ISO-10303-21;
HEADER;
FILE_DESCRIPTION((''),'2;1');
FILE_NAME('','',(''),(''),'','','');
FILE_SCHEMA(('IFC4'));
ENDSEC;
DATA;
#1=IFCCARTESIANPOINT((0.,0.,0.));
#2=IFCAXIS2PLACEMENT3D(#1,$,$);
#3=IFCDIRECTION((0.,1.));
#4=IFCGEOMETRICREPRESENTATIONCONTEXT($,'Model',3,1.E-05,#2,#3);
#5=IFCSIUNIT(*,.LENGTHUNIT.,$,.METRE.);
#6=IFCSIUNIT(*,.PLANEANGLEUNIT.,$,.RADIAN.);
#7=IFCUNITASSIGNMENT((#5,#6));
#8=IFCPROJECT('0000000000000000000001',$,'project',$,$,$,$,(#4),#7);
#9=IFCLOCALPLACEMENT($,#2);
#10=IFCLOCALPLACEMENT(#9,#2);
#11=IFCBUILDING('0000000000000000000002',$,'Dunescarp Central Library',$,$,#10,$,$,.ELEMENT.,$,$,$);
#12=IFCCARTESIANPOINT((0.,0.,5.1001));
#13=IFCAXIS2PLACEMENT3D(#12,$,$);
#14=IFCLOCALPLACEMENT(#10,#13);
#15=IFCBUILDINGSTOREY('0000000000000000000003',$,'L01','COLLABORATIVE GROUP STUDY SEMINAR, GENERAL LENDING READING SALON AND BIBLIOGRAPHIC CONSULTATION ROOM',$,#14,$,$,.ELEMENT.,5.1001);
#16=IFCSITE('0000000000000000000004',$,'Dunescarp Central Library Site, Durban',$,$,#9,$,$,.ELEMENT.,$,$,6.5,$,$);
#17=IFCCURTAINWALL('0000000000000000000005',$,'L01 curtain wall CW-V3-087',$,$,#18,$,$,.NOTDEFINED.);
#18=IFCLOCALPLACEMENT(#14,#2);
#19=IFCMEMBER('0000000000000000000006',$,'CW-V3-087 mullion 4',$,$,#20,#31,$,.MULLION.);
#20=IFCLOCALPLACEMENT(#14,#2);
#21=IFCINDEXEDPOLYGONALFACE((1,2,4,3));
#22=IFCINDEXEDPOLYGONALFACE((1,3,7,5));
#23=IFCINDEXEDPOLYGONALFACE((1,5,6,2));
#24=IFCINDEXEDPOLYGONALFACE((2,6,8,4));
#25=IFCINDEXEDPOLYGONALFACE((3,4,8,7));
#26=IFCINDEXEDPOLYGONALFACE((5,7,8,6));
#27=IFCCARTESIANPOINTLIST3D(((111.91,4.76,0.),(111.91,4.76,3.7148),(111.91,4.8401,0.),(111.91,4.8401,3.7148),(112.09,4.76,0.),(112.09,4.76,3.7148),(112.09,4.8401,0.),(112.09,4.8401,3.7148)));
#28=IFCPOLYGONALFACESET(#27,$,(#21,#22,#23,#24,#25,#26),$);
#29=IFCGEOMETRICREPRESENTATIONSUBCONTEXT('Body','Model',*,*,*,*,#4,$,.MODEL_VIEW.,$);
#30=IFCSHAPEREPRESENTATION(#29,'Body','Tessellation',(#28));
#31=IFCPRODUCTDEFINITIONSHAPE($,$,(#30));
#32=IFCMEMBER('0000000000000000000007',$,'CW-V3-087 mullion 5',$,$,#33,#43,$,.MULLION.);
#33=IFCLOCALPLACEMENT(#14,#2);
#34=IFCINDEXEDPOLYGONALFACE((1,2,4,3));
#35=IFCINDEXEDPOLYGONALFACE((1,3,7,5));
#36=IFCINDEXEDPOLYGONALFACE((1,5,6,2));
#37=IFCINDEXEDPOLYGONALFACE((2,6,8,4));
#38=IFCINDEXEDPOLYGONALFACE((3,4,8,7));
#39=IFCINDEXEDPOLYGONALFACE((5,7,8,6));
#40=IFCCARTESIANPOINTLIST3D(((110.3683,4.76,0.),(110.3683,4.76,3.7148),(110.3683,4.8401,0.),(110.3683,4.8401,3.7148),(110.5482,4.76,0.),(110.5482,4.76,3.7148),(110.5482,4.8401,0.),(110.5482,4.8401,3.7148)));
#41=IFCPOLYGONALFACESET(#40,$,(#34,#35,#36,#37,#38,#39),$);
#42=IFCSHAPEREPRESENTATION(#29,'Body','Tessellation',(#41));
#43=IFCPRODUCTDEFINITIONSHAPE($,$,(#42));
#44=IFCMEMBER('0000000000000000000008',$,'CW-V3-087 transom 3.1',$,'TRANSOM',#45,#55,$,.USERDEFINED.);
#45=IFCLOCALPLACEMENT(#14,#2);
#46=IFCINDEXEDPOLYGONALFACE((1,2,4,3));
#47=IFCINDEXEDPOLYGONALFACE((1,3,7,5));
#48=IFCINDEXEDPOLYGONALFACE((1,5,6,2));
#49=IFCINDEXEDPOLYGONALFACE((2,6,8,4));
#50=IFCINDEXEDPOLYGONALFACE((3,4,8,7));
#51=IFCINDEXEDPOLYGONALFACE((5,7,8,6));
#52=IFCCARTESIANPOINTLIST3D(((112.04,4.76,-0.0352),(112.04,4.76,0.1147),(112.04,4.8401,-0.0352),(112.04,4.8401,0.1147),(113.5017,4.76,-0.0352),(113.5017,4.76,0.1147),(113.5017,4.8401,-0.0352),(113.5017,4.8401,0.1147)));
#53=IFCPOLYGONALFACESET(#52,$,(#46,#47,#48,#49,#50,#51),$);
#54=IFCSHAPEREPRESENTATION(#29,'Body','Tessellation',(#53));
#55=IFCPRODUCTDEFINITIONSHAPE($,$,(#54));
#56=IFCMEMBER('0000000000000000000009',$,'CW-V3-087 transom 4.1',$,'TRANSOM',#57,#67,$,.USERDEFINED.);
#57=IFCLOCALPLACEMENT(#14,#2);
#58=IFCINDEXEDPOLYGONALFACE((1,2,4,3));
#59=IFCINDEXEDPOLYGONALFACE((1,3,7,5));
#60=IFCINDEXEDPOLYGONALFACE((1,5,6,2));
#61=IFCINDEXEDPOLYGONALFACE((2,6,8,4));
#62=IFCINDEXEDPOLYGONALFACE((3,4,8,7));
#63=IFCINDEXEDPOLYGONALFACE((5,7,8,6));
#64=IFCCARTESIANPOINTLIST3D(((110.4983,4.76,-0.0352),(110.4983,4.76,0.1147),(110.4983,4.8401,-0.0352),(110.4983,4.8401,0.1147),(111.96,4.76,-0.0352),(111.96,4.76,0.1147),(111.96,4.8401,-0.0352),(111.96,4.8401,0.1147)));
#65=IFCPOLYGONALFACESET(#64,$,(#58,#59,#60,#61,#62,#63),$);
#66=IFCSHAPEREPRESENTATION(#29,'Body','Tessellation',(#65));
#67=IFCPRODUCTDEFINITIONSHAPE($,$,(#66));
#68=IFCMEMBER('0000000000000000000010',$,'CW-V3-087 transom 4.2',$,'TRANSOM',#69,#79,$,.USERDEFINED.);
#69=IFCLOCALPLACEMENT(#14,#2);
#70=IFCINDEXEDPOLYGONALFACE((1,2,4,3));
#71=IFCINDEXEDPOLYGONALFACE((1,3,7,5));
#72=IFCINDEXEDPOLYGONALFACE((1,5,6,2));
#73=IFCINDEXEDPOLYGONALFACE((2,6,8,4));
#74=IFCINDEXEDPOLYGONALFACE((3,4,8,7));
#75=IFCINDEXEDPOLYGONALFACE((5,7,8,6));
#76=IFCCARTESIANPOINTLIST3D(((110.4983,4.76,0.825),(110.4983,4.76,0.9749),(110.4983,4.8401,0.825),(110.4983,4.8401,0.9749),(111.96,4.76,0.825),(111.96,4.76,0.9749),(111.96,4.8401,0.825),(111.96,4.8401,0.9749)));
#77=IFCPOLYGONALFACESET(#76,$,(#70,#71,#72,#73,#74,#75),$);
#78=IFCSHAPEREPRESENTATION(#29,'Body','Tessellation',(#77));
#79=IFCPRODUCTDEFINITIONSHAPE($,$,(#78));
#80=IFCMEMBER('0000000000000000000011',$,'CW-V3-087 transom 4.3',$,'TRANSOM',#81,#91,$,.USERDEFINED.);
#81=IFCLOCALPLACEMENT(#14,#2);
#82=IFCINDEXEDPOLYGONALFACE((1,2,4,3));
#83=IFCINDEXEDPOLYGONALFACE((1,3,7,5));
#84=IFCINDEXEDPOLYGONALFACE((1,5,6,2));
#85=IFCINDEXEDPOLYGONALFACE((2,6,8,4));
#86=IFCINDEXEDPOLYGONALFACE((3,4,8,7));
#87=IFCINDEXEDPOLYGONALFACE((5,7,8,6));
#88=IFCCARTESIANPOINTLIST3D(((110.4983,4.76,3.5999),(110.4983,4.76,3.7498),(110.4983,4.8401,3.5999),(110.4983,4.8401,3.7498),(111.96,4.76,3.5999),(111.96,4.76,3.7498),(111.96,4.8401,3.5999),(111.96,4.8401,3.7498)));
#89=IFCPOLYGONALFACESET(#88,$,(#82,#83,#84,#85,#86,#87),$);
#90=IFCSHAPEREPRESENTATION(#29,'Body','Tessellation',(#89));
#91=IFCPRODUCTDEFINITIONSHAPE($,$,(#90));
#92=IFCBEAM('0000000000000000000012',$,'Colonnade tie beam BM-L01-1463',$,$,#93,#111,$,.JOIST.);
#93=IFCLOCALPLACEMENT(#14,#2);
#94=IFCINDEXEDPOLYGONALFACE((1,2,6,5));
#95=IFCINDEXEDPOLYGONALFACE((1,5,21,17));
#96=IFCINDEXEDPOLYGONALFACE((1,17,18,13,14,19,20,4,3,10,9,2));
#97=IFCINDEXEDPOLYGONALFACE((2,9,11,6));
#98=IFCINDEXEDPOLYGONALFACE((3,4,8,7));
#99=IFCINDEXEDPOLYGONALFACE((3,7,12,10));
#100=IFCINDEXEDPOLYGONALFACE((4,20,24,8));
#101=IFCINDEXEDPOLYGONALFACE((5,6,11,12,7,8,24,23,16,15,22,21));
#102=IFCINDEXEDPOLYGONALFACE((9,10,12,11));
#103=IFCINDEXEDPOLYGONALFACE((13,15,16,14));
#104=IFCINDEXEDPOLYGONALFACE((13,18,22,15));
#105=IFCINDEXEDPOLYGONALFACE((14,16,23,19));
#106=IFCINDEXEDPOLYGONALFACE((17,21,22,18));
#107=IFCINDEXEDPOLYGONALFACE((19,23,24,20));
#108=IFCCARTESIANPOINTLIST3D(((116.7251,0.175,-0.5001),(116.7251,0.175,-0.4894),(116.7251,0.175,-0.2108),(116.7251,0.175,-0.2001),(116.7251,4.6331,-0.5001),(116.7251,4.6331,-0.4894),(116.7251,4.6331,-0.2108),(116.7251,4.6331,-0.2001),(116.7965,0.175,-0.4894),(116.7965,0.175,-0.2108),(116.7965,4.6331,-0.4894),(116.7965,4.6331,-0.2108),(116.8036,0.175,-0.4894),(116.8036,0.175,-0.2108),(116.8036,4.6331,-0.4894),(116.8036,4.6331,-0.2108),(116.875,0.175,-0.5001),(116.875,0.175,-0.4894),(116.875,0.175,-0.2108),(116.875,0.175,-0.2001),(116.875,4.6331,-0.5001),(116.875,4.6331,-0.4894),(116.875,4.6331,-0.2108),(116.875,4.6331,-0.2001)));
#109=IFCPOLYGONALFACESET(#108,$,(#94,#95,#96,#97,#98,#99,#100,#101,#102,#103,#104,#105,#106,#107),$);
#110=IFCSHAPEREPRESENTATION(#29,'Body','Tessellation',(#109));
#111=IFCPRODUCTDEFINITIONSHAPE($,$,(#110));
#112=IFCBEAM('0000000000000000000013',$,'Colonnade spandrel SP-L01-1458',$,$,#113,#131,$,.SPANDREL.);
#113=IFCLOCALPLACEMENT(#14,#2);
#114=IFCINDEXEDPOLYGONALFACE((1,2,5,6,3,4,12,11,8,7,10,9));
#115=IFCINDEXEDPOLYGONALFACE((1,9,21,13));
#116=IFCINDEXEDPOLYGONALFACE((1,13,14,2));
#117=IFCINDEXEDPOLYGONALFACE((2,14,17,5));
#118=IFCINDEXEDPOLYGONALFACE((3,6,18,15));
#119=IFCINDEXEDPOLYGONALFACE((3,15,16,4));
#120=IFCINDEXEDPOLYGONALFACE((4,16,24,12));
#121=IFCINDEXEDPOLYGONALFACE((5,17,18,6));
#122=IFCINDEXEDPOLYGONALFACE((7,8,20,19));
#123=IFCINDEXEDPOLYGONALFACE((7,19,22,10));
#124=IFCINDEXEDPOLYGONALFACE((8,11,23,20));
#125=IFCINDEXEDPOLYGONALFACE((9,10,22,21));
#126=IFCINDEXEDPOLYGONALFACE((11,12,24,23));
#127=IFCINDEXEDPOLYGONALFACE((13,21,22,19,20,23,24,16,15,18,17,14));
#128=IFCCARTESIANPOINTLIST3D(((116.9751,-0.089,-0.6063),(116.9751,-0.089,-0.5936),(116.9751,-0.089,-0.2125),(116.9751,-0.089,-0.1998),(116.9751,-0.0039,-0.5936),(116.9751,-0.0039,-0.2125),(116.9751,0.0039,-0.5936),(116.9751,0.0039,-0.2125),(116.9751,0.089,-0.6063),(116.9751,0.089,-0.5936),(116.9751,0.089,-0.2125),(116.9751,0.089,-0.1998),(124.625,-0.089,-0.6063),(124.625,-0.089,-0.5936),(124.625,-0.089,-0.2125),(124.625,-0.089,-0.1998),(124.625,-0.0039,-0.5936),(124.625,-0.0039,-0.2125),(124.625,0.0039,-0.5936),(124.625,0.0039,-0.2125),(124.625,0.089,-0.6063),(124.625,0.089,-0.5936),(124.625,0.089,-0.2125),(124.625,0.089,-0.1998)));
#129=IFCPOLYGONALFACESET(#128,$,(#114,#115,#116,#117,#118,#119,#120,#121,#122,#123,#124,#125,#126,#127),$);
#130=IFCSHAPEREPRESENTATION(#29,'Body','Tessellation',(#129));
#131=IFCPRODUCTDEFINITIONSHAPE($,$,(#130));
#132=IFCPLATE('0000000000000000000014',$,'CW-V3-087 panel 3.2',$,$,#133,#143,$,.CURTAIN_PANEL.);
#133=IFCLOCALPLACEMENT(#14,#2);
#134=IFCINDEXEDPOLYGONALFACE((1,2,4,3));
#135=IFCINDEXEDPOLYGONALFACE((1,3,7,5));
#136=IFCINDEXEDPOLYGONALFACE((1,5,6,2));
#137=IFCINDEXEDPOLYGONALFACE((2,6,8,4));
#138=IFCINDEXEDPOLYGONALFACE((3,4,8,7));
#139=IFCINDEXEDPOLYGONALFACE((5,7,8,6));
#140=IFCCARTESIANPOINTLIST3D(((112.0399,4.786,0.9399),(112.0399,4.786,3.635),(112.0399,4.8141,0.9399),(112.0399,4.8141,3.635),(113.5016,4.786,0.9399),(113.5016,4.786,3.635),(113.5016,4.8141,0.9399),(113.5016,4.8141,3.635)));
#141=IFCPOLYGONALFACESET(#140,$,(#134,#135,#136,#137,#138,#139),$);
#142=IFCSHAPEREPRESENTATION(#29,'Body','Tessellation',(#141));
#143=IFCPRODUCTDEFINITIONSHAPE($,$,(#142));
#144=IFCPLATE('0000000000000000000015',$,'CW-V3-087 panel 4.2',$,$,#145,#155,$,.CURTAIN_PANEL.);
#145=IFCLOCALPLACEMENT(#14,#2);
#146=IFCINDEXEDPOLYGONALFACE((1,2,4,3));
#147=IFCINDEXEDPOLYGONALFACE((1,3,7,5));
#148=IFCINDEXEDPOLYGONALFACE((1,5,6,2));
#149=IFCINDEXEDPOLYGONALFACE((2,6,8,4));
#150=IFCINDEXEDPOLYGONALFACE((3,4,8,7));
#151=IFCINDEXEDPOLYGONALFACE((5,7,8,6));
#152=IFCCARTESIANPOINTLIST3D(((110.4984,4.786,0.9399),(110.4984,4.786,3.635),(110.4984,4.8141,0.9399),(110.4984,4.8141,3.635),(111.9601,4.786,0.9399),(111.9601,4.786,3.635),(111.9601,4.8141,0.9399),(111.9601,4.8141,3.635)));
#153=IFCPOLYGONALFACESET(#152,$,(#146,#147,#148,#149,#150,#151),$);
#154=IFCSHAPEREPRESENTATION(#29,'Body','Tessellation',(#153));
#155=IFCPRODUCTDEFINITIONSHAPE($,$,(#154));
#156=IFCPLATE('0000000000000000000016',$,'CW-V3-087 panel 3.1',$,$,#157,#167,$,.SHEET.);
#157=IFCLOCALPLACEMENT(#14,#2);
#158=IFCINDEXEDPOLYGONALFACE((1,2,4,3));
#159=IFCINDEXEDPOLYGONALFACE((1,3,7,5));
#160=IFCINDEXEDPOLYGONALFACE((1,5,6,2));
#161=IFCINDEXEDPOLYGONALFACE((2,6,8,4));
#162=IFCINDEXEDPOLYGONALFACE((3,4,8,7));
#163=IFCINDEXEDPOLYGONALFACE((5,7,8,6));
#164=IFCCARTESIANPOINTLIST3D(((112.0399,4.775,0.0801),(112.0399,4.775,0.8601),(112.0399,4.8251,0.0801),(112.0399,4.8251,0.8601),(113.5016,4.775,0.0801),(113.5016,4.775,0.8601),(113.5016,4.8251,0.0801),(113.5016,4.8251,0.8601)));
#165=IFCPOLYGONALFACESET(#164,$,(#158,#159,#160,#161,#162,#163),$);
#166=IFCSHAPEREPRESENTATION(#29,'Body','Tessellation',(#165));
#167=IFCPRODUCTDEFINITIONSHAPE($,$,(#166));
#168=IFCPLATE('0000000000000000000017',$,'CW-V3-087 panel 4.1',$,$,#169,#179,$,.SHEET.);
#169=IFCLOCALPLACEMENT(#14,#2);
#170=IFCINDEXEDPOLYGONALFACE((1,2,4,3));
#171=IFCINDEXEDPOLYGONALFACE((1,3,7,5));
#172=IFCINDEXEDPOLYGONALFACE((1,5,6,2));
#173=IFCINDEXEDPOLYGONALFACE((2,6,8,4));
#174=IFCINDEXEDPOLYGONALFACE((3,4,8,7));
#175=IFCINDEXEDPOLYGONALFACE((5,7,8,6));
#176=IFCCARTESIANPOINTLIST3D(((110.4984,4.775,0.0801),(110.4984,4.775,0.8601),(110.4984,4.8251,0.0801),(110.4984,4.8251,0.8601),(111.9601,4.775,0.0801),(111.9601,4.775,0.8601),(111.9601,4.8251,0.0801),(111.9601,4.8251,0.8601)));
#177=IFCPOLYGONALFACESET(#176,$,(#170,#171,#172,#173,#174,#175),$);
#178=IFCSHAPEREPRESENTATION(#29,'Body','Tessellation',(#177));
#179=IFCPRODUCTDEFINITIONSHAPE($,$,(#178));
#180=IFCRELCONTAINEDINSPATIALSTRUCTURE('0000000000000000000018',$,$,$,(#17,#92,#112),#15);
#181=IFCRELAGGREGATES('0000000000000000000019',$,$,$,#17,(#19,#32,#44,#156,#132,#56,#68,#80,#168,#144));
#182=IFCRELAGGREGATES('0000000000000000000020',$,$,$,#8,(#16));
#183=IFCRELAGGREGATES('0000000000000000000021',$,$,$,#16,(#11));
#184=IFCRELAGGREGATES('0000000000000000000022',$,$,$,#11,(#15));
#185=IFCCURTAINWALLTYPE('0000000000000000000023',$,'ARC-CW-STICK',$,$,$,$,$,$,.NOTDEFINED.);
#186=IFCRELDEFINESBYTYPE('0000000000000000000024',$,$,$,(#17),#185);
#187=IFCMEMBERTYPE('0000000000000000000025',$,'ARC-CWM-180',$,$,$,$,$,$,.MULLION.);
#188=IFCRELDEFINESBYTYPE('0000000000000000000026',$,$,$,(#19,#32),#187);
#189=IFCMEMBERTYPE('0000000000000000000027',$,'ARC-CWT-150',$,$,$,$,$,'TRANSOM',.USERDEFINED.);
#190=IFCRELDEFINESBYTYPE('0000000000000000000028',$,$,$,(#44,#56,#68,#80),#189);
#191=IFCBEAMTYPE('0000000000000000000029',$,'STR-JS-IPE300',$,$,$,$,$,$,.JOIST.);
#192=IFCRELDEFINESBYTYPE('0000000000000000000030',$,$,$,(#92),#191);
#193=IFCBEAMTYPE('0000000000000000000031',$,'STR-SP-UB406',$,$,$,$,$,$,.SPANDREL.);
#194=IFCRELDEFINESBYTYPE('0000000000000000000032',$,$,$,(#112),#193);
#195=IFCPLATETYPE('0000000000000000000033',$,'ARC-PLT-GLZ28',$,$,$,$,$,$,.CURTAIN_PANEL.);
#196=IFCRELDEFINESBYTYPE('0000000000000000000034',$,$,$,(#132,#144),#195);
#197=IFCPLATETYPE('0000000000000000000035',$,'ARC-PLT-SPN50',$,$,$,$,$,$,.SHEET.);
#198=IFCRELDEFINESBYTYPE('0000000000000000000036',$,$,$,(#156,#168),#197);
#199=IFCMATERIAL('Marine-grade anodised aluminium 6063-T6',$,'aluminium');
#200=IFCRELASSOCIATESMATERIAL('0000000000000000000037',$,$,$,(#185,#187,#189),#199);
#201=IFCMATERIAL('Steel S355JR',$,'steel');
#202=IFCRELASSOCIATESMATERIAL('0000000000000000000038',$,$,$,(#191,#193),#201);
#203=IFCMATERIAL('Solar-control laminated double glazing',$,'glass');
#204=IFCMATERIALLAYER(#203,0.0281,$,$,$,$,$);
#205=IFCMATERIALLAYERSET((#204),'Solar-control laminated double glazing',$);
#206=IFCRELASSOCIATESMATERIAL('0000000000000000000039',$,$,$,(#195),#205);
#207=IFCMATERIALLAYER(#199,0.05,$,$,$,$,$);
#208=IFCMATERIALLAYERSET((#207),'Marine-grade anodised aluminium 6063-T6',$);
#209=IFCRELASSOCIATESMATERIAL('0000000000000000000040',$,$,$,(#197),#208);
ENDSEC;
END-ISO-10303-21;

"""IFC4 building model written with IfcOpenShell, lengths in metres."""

from ifc_helpers import new_model, si_unit, direction, frame, origin, origin_2d, place, context, subcontext, project, spatial, rectangle, i_section, extrude, material, layer, layer_set, material_profile, profile_set, type_object, element, aggregate, save


model = new_model("IFC4")

# Units and contexts
model_context = context("Model", 3, precision=1e-05, world=origin(), true_north=direction((0.0, 1.0)))
body_context = subcontext(model_context, "Body", "Model", "MODEL_VIEW")
ifc_project = project(units=[si_unit("LENGTHUNIT", "METRE"), si_unit("PLANEANGLEUNIT", "RADIAN")], contexts=[model_context])

# Site, building, storey
site_placement = place(None, origin())
site = spatial("IfcSite", under=ifc_project, at=site_placement, Name="Dunescarp Central Library Site, Durban", CompositionType="ELEMENT", RefElevation=6.5)
building_placement = place(site_placement, origin())
building = spatial("IfcBuilding", under=site, at=building_placement, Name="Dunescarp Central Library", CompositionType="ELEMENT")
storey_placement = place(building_placement, frame((0.0, 0.0, 5.1001)))
storey = spatial("IfcBuildingStorey", under=building, at=storey_placement, Name="L01", Description="COLLABORATIVE GROUP STUDY SEMINAR, GENERAL LENDING READING SALON AND BIBLIOGRAPHIC CONSULTATION ROOM", CompositionType="ELEMENT", Elevation=5.1001)

# Curtain wall, members
ifc_material_1 = material(Name="Marine-grade anodised aluminium 6063-T6", Category="aluminium")
curtain_wall_type = type_object("IfcCurtainWallType", Name="ARC-CW-STICK", PredefinedType="NOTDEFINED", material=ifc_material_1)
curtain_wall_placement = place(storey_placement, origin())
curtain_wall = element("IfcCurtainWall", 1, at=curtain_wall_placement, inside=storey, type_object=curtain_wall_type, Name="L01 curtain wall CW-V3-087", PredefinedType="NOTDEFINED")
ifc_material_profile_1 = material_profile(ifc_material_1, rectangle(XDim=0.0801, YDim=0.1799, at=origin_2d()), Name="AL 80x180")
ifc_profile_set_1 = profile_set([ifc_material_profile_1], Name="Marine-grade anodised aluminium 6063-T6")
member_type_1 = type_object("IfcMemberType", Name="ARC-CWM-180", PredefinedType="MULLION", material=ifc_profile_set_1)
member_1_placement = place(storey_placement, frame((112.0, 4.8, 0.0), z_axis=(0.0, 0.0, 1.0), x_axis=(0.0, -1.0, 0.0)))
member_1 = element("IfcMember", 2, at=member_1_placement, type_object=member_type_1, Name="CW-V3-087 mullion 4", PredefinedType="MULLION", context=body_context, shape_type="SweptSolid", body=[
    extrude(rectangle(XDim=0.0801, YDim=0.1799, at=origin_2d()), origin(), (0.0, 0.0, 1.0), 3.7148),
])
member_2_placement = place(storey_placement, frame((110.4583, 4.8, 0.0), z_axis=(0.0, 0.0, 1.0), x_axis=(0.0, -1.0, 0.0)))
member_2 = element("IfcMember", 3, at=member_2_placement, type_object=member_type_1, Name="CW-V3-087 mullion 5", PredefinedType="MULLION", context=body_context, shape_type="SweptSolid", body=[
    extrude(rectangle(XDim=0.0801, YDim=0.1799, at=origin_2d()), origin(), (0.0, 0.0, 1.0), 3.7148),
])
ifc_material_profile_2 = material_profile(ifc_material_1, rectangle(XDim=0.0801, YDim=0.1499, at=origin_2d()), Name="AL 80x150")
ifc_profile_set_2 = profile_set([ifc_material_profile_2], Name="Marine-grade anodised aluminium 6063-T6")
member_type_2 = type_object("IfcMemberType", Name="ARC-CWT-150", ElementType="TRANSOM", PredefinedType="USERDEFINED", material=ifc_profile_set_2)
member_3_placement = place(storey_placement, frame((113.5017, 4.8, 0.0398), z_axis=(-1.0, 0.0, 0.0), x_axis=(0.0, -1.0, 0.0)))
member_3 = element("IfcMember", 4, at=member_3_placement, type_object=member_type_2, Name="CW-V3-087 transom 3.1", ObjectType="TRANSOM", PredefinedType="USERDEFINED", context=body_context, shape_type="SweptSolid", body=[
    extrude(rectangle(XDim=0.0801, YDim=0.1499, at=origin_2d()), origin(), (0.0, 0.0, 1.0), 1.4617),
])
member_4_placement = place(storey_placement, frame((111.96, 4.8, 0.0398), z_axis=(-1.0, 0.0, 0.0), x_axis=(0.0, -1.0, 0.0)))
member_4 = element("IfcMember", 5, at=member_4_placement, type_object=member_type_2, Name="CW-V3-087 transom 4.1", ObjectType="TRANSOM", PredefinedType="USERDEFINED", context=body_context, shape_type="SweptSolid", body=[
    extrude(rectangle(XDim=0.0801, YDim=0.1499, at=origin_2d()), origin(), (0.0, 0.0, 1.0), 1.4617),
])
member_5_placement = place(storey_placement, frame((111.96, 4.8, 0.8999), z_axis=(-1.0, 0.0, 0.0), x_axis=(0.0, -1.0, 0.0)))
member_5 = element("IfcMember", 6, at=member_5_placement, type_object=member_type_2, Name="CW-V3-087 transom 4.2", ObjectType="TRANSOM", PredefinedType="USERDEFINED", context=body_context, shape_type="SweptSolid", body=[
    extrude(rectangle(XDim=0.0801, YDim=0.1499, at=origin_2d()), origin(), (0.0, 0.0, 1.0), 1.4617),
])
member_6_placement = place(storey_placement, frame((111.96, 4.8, 3.6748), z_axis=(-1.0, 0.0, 0.0), x_axis=(0.0, -1.0, 0.0)))
member_6 = element("IfcMember", 7, at=member_6_placement, type_object=member_type_2, Name="CW-V3-087 transom 4.3", ObjectType="TRANSOM", PredefinedType="USERDEFINED", context=body_context, shape_type="SweptSolid", body=[
    extrude(rectangle(XDim=0.0801, YDim=0.1499, at=origin_2d()), origin(), (0.0, 0.0, 1.0), 1.4617),
])

# Beams
ifc_material_2 = material(Name="Steel S355JR", Category="steel")
ifc_material_profile_3 = material_profile(ifc_material_2, i_section(OverallWidth=0.1499, OverallDepth=0.3, WebThickness=0.0071, FlangeThickness=0.0107, at=origin_2d()), Name="IPE 300")
ifc_profile_set_3 = profile_set([ifc_material_profile_3], Name="Steel S355JR")
beam_type_1 = type_object("IfcBeamType", Name="STR-JS-IPE300", PredefinedType="JOIST", material=ifc_profile_set_3)
beam_1_placement = place(storey_placement, frame((116.8, 0.175, -0.3501), z_axis=(0.0, 1.0, 0.0), x_axis=(-1.0, 0.0, 0.0)))
element("IfcBeam", 8, at=beam_1_placement, inside=storey, type_object=beam_type_1, Name="Colonnade tie beam BM-L01-1463", PredefinedType="JOIST", context=body_context, shape_type="SweptSolid", body=[
    extrude(i_section(OverallWidth=0.1499, OverallDepth=0.3, WebThickness=0.0071, FlangeThickness=0.0107, at=origin_2d()), origin(), (0.0, 0.0, 1.0), 4.458),
])
ifc_material_profile_4 = material_profile(ifc_material_2, i_section(OverallWidth=0.178, OverallDepth=0.4065, WebThickness=0.0078, FlangeThickness=0.0127, at=origin_2d()), Name="UB 406x178x60")
ifc_profile_set_4 = profile_set([ifc_material_profile_4], Name="Steel S355JR")
beam_type_2 = type_object("IfcBeamType", Name="STR-SP-UB406", PredefinedType="SPANDREL", material=ifc_profile_set_4)
beam_2_placement = place(storey_placement, frame((116.9751, 0.0, -0.4031), z_axis=(1.0, 0.0, 0.0), x_axis=(0.0, 1.0, 0.0)))
element("IfcBeam", 9, at=beam_2_placement, inside=storey, type_object=beam_type_2, Name="Colonnade spandrel SP-L01-1458", PredefinedType="SPANDREL", context=body_context, shape_type="SweptSolid", body=[
    extrude(i_section(OverallWidth=0.178, OverallDepth=0.4065, WebThickness=0.0078, FlangeThickness=0.0127, at=origin_2d()), origin(), (0.0, 0.0, 1.0), 7.6499),
])

# Plates
ifc_material_3 = material(Name="Solar-control laminated double glazing", Category="glass")
ifc_layer_1 = layer(ifc_material_3, 0.0281)
ifc_layer_set_1 = layer_set([ifc_layer_1], Name="Solar-control laminated double glazing")
plate_type_1 = type_object("IfcPlateType", Name="ARC-PLT-GLZ28", PredefinedType="CURTAIN_PANEL", material=ifc_layer_set_1)
plate_1_placement = place(storey_placement, frame((112.7708, 4.8, 0.9399), z_axis=(0.0, 0.0, 1.0), x_axis=(-1.0, 0.0, 0.0)))
plate_1 = element("IfcPlate", 10, at=plate_1_placement, type_object=plate_type_1, Name="CW-V3-087 panel 3.2", PredefinedType="CURTAIN_PANEL", context=body_context, shape_type="SweptSolid", body=[
    extrude(rectangle(XDim=1.4617, YDim=0.0281, at=origin_2d()), origin(), (0.0, 0.0, 1.0), 2.6951),
])
plate_2_placement = place(storey_placement, frame((111.2292, 4.8, 0.9399), z_axis=(0.0, 0.0, 1.0), x_axis=(-1.0, 0.0, 0.0)))
plate_2 = element("IfcPlate", 11, at=plate_2_placement, type_object=plate_type_1, Name="CW-V3-087 panel 4.2", PredefinedType="CURTAIN_PANEL", context=body_context, shape_type="SweptSolid", body=[
    extrude(rectangle(XDim=1.4617, YDim=0.0281, at=origin_2d()), origin(), (0.0, 0.0, 1.0), 2.6951),
])
ifc_layer_2 = layer(ifc_material_1, 0.05)
ifc_layer_set_2 = layer_set([ifc_layer_2], Name="Marine-grade anodised aluminium 6063-T6")
plate_type_2 = type_object("IfcPlateType", Name="ARC-PLT-SPN50", PredefinedType="SHEET", material=ifc_layer_set_2)
plate_3_placement = place(storey_placement, frame((112.7708, 4.8, 0.0801), z_axis=(0.0, 0.0, 1.0), x_axis=(-1.0, 0.0, 0.0)))
plate_3 = element("IfcPlate", 12, at=plate_3_placement, type_object=plate_type_2, Name="CW-V3-087 panel 3.1", PredefinedType="SHEET", context=body_context, shape_type="SweptSolid", body=[
    extrude(rectangle(XDim=1.4617, YDim=0.05, at=origin_2d()), origin(), (0.0, 0.0, 1.0), 0.78),
])
plate_4_placement = place(storey_placement, frame((111.2292, 4.8, 0.0801), z_axis=(0.0, 0.0, 1.0), x_axis=(-1.0, 0.0, 0.0)))
plate_4 = element("IfcPlate", 13, at=plate_4_placement, type_object=plate_type_2, Name="CW-V3-087 panel 4.1", PredefinedType="SHEET", context=body_context, shape_type="SweptSolid", body=[
    extrude(rectangle(XDim=1.4617, YDim=0.05, at=origin_2d()), origin(), (0.0, 0.0, 1.0), 0.78),
])
aggregate(curtain_wall, [member_1, member_2, member_3, plate_3, plate_1, member_4, member_5, member_6, plate_4, plate_2])

save(model, "model.ifc")
